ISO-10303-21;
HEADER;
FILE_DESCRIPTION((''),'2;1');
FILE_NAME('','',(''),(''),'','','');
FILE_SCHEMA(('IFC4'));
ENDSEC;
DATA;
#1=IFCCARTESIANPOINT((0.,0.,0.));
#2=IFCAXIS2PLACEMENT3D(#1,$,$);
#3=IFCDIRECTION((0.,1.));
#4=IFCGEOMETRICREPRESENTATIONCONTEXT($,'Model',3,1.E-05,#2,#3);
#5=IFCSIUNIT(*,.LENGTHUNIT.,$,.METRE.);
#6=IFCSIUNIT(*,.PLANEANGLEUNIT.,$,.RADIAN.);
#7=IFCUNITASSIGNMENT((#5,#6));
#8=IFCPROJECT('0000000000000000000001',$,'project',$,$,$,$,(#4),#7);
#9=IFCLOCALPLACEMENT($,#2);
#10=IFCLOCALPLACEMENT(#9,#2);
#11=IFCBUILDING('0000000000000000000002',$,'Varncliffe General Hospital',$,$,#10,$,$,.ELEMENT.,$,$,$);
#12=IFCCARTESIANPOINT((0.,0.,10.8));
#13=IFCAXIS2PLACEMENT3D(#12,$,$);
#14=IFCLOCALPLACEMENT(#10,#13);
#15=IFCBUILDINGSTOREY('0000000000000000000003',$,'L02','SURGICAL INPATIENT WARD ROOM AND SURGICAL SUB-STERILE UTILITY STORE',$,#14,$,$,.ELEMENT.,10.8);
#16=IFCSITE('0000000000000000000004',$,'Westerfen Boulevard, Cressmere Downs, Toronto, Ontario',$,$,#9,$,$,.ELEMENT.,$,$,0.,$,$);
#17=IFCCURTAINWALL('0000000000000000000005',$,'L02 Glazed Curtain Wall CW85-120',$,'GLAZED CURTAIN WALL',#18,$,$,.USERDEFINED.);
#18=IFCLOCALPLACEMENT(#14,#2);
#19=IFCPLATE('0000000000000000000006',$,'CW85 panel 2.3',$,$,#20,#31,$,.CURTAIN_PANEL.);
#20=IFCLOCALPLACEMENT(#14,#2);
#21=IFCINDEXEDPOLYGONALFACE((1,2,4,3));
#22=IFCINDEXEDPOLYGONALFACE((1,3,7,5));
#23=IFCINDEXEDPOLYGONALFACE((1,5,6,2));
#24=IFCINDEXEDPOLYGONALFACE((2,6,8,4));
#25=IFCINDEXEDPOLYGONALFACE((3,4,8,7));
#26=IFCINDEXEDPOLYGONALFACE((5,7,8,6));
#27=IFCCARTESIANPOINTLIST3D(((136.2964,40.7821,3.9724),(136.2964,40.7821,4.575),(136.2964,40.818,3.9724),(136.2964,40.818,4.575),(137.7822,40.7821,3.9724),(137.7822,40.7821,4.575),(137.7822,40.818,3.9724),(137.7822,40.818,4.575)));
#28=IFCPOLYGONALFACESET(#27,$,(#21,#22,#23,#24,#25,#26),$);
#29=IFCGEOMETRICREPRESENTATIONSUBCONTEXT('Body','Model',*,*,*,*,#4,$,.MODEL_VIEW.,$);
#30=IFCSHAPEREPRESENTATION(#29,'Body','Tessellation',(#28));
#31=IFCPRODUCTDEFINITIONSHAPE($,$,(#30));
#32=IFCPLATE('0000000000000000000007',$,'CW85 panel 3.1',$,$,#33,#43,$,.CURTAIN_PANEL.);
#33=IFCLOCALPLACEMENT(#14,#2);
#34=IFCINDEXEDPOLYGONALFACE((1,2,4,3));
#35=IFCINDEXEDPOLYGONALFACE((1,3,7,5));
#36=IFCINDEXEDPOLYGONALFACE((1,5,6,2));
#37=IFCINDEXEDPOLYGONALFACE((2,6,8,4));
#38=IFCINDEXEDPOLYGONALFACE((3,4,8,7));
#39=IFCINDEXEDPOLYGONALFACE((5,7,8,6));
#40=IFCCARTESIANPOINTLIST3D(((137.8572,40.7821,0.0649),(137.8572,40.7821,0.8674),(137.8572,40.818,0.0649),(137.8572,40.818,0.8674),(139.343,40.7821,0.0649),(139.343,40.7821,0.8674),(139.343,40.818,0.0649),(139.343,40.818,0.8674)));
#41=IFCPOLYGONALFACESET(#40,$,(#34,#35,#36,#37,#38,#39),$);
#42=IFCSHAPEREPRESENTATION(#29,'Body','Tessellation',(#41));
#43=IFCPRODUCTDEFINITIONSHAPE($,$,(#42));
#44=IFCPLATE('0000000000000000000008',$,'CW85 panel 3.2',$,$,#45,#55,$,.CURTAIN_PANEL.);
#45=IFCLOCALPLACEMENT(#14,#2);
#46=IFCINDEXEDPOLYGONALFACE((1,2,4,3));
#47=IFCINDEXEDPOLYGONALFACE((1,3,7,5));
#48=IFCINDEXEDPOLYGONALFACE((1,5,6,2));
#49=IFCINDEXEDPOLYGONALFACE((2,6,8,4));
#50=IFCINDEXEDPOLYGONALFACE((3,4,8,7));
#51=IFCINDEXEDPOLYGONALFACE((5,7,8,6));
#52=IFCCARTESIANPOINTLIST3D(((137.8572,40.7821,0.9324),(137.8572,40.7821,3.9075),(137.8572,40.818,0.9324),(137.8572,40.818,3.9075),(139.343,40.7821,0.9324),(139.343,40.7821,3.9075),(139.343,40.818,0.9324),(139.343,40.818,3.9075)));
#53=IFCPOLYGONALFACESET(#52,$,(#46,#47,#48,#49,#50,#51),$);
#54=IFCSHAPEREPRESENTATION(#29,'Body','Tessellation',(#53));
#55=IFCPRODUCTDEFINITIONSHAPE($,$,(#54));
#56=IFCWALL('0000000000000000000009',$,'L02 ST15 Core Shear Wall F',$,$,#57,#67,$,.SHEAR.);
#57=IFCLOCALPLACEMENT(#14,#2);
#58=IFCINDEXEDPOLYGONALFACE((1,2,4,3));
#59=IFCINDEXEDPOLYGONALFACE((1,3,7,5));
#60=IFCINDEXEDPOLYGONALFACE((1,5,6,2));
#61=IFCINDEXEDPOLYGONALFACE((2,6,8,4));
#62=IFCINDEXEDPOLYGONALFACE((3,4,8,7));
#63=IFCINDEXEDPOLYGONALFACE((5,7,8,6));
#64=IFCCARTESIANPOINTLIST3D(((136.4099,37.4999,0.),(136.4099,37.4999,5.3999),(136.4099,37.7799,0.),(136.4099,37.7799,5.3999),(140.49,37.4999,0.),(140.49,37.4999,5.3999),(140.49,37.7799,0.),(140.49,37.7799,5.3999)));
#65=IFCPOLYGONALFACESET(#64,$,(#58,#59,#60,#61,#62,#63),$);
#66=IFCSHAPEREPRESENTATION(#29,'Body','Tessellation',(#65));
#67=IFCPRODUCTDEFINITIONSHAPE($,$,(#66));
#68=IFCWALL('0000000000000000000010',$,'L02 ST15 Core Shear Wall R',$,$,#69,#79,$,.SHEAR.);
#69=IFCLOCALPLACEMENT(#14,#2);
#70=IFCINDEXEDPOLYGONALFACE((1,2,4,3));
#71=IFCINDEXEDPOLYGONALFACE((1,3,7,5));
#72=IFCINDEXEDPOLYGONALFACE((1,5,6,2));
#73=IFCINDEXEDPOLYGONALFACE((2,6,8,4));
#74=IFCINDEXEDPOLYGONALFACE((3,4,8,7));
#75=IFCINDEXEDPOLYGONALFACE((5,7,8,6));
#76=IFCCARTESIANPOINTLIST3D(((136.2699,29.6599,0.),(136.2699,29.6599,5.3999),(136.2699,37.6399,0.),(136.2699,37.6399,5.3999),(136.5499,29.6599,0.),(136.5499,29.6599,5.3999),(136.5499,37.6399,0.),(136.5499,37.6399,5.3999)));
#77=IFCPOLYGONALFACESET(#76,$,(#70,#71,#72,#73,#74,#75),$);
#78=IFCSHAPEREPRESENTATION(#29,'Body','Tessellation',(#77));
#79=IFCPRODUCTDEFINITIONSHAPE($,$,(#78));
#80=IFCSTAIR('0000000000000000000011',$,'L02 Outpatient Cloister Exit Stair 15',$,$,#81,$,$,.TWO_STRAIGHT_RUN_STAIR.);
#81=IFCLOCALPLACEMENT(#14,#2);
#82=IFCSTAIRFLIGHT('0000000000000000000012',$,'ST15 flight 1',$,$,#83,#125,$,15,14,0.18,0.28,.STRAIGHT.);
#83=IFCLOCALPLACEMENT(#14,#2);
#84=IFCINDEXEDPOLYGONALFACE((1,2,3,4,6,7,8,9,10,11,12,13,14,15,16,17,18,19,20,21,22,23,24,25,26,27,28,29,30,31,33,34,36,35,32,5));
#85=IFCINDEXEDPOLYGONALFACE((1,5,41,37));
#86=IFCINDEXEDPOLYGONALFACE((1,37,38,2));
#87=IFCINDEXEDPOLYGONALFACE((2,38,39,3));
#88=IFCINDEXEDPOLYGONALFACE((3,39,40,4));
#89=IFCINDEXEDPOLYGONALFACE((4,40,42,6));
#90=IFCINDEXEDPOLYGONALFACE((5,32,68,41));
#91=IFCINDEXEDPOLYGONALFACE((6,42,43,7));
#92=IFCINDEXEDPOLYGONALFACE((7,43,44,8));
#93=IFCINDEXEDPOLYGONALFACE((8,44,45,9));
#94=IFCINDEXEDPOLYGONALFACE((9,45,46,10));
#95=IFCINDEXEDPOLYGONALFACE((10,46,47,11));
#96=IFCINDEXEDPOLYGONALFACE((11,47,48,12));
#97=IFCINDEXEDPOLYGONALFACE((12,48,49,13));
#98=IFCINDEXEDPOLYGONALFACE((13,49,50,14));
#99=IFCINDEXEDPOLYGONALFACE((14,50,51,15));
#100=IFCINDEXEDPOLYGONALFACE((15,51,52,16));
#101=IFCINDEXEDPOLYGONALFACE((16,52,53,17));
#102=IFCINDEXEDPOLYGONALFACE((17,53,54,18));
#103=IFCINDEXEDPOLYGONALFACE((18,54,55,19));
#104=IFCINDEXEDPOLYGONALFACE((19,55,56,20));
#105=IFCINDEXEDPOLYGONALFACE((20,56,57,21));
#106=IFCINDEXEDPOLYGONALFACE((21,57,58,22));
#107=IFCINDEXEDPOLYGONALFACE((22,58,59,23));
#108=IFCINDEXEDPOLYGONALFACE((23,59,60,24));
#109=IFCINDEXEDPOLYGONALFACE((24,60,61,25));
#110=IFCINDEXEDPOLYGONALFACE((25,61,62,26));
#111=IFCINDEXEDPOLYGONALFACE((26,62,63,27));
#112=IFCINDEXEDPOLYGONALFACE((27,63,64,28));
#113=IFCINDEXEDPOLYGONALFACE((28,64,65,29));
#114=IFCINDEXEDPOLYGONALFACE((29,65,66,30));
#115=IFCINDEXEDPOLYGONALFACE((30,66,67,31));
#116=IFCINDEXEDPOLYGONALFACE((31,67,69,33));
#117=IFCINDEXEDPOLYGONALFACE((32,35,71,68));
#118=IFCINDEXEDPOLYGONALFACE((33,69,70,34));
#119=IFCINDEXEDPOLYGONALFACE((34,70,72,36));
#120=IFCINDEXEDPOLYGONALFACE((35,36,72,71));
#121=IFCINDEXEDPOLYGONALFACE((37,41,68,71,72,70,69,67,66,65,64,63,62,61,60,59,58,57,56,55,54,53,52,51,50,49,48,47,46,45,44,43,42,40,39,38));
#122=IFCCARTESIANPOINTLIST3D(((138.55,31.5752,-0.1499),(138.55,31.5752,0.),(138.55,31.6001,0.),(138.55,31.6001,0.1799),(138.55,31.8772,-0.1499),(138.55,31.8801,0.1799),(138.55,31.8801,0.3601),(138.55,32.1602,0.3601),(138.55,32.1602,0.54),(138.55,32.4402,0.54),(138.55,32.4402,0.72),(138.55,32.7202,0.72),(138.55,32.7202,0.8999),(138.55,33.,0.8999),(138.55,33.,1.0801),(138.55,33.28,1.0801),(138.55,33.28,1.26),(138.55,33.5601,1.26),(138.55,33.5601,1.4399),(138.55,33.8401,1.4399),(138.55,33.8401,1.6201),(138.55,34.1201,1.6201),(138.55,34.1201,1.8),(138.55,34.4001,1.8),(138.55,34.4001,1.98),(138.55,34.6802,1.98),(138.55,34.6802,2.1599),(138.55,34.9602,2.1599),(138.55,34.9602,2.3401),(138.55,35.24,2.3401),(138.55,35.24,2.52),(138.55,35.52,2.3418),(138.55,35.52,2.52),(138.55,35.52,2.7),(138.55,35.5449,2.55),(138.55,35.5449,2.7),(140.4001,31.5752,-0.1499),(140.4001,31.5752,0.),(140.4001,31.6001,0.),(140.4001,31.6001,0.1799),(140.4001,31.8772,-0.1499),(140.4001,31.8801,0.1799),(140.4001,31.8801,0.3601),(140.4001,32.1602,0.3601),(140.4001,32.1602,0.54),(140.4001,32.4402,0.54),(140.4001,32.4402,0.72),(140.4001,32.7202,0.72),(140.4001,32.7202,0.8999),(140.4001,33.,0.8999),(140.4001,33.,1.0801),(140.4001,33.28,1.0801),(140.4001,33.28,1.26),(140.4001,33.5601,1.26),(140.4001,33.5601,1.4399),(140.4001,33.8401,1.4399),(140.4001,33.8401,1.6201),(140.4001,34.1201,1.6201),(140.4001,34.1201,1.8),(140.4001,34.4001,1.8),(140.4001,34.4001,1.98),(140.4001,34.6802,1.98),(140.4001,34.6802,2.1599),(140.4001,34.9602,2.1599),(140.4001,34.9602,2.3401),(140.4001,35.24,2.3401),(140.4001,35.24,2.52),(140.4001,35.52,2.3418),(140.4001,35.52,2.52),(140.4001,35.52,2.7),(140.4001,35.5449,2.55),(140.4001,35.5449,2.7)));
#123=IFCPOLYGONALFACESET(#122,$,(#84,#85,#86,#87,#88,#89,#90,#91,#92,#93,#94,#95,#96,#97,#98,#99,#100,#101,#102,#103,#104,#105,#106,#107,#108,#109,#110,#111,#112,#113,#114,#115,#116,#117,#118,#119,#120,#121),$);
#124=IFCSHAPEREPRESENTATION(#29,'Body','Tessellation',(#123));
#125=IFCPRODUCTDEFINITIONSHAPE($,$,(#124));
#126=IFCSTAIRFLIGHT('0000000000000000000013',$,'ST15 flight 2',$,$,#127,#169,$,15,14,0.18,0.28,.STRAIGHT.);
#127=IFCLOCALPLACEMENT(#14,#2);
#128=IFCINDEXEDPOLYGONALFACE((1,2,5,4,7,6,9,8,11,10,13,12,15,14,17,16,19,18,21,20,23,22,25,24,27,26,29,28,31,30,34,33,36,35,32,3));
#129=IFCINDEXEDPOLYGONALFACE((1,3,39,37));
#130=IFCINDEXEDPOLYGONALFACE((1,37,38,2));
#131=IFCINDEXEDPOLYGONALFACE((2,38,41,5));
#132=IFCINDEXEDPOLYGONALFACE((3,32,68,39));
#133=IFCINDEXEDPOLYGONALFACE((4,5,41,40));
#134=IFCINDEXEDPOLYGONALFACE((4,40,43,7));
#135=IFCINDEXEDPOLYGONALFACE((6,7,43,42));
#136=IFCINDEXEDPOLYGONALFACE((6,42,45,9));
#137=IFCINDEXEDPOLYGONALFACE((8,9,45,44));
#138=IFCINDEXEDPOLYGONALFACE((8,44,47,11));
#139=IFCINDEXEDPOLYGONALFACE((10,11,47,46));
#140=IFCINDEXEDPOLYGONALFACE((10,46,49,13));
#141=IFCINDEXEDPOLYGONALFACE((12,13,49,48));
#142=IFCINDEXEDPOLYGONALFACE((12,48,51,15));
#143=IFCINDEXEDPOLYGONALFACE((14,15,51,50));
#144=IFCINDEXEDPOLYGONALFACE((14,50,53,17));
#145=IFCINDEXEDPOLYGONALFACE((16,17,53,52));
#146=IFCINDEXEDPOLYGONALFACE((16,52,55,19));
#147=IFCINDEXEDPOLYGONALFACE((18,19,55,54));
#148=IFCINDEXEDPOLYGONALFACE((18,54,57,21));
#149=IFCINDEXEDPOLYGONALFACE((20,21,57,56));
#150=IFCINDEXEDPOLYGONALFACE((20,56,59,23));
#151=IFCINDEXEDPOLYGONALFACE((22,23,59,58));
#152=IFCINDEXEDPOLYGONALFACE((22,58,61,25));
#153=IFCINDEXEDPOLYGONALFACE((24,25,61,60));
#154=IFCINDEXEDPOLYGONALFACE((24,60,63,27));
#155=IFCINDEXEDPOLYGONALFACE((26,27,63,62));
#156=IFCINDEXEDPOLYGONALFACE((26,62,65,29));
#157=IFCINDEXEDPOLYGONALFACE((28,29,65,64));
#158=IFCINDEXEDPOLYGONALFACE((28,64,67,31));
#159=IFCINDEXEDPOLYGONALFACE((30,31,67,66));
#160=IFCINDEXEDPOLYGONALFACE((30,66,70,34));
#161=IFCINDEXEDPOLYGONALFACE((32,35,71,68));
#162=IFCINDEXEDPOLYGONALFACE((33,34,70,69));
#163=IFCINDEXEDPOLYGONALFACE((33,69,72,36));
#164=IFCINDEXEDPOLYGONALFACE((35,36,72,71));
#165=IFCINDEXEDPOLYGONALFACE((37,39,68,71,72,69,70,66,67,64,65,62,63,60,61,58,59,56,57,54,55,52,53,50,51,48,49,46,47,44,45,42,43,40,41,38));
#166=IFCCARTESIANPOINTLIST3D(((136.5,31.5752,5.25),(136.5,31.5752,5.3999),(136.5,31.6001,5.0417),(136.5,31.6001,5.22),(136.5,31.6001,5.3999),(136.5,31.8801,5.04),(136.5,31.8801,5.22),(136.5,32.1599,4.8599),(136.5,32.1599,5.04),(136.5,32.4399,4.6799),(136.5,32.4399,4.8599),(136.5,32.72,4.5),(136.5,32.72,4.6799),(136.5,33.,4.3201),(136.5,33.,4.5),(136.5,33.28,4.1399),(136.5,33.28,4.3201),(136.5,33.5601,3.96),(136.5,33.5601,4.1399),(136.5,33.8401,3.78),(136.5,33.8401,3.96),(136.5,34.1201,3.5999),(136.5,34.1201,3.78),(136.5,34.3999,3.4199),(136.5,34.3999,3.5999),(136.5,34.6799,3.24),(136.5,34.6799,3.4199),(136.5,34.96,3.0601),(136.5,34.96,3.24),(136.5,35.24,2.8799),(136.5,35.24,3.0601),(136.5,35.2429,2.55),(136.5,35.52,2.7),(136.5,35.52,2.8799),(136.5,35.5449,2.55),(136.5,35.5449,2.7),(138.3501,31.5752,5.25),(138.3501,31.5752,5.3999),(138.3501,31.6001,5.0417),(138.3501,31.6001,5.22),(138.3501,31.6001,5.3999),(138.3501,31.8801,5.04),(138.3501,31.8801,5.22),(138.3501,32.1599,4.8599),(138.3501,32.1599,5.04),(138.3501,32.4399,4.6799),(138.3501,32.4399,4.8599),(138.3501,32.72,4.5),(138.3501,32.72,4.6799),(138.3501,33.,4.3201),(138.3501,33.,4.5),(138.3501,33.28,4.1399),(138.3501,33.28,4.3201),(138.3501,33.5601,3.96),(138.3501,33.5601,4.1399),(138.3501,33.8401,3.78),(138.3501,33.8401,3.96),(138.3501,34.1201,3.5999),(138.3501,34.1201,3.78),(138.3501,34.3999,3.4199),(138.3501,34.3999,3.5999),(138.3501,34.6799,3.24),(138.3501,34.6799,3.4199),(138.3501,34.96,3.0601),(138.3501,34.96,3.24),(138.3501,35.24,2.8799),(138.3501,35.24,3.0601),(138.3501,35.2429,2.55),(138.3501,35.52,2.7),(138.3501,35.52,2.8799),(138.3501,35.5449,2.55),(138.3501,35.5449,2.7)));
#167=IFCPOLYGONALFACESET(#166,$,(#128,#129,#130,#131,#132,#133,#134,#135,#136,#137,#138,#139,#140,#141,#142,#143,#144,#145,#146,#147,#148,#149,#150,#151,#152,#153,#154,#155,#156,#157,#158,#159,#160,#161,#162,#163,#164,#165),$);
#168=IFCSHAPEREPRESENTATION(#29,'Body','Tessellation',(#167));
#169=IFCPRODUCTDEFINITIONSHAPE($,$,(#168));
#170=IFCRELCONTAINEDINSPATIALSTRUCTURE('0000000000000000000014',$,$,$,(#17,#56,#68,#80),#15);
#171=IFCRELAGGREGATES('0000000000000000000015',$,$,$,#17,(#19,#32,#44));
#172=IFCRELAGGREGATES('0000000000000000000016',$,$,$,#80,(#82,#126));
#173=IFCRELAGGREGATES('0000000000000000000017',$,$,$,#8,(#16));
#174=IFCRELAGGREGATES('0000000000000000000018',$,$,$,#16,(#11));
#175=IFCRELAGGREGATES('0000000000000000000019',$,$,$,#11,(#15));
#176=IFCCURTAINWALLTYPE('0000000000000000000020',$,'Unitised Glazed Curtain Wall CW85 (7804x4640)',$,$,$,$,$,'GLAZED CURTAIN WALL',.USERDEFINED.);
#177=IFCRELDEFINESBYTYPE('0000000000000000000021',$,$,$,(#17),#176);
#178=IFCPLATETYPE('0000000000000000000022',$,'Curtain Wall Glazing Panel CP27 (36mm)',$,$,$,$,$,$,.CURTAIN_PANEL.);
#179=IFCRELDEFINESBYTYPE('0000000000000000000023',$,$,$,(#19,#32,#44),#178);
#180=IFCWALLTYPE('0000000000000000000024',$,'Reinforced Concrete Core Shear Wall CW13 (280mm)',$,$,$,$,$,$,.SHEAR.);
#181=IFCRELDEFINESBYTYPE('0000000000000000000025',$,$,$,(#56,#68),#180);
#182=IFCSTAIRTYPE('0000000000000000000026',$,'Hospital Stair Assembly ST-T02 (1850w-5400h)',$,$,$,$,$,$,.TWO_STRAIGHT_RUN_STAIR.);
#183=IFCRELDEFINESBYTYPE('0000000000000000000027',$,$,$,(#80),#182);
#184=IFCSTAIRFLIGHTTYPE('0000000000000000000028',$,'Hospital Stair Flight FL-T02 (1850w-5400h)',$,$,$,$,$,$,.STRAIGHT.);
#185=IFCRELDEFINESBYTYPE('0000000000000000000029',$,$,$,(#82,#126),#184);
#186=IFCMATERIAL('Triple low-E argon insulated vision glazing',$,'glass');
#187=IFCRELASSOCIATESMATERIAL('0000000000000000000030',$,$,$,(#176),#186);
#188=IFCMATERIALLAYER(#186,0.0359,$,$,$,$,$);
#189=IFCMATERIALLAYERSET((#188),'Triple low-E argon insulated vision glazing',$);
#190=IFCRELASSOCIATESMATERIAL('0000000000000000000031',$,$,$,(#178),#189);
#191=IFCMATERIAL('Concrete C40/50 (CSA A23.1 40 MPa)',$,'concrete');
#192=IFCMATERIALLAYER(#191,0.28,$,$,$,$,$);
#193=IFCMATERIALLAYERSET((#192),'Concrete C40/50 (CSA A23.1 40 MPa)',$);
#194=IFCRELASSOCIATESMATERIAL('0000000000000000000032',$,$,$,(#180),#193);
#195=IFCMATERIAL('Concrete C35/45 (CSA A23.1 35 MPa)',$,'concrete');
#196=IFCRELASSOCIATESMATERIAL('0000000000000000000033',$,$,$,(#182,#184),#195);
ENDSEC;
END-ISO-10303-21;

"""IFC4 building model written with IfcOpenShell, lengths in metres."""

from ifc_helpers import new_model, si_unit, direction, frame, frame_2d, origin, origin_2d, place, context, subcontext, project, spatial, polyline, rectangle, outline, extrude, material, layer, layer_set, type_object, element, aggregate, save


model = new_model("IFC4")

# Units and contexts
model_context = context("Model", 3, precision=1e-05, world=origin(), true_north=direction((0.0, 1.0)))
body_context = subcontext(model_context, "Body", "Model", "MODEL_VIEW")
ifc_project = project(units=[si_unit("LENGTHUNIT", "METRE"), si_unit("PLANEANGLEUNIT", "RADIAN")], contexts=[model_context])

# Site, building, storey
site_placement = place(None, origin())
site = spatial("IfcSite", under=ifc_project, at=site_placement, Name="Westerfen Boulevard, Cressmere Downs, Toronto, Ontario", CompositionType="ELEMENT", RefElevation=0.0)
building_placement = place(site_placement, origin())
building = spatial("IfcBuilding", under=site, at=building_placement, Name="Varncliffe General Hospital", CompositionType="ELEMENT")
storey_placement = place(building_placement, frame((0.0, 0.0, 10.8)))
storey = spatial("IfcBuildingStorey", under=building, at=storey_placement, Name="L02", Description="SURGICAL INPATIENT WARD ROOM AND SURGICAL SUB-STERILE UTILITY STORE", CompositionType="ELEMENT", Elevation=10.8)

# Shared definitions
ifc_material_1 = material(Name="Concrete C40/50 (CSA A23.1 40 MPa)", Category="concrete")

# Shared definitions
ifc_material_2 = material(Name="Concrete C35/45 (CSA A23.1 35 MPa)", Category="concrete")

# Curtain wall
ifc_material_3 = material(Name="Triple low-E argon insulated vision glazing", Category="glass")
curtain_wall_type = type_object("IfcCurtainWallType", Name="Unitised Glazed Curtain Wall CW85 (7804x4640)", ElementType="GLAZED CURTAIN WALL", PredefinedType="USERDEFINED", material=ifc_material_3)
curtain_wall_placement = place(storey_placement, origin())
curtain_wall = element("IfcCurtainWall", 1, at=curtain_wall_placement, inside=storey, type_object=curtain_wall_type, Name="L02 Glazed Curtain Wall CW85-120", ObjectType="GLAZED CURTAIN WALL", PredefinedType="USERDEFINED")

# Plates
ifc_layer_1 = layer(ifc_material_3, 0.0359)
ifc_layer_set_1 = layer_set([ifc_layer_1], Name="Triple low-E argon insulated vision glazing")
plate_type = type_object("IfcPlateType", Name="Curtain Wall Glazing Panel CP27 (36mm)", PredefinedType="CURTAIN_PANEL", material=ifc_layer_set_1)
plate_1_placement = place(storey_placement, frame((137.0393, 40.8, 3.9724), z_axis=(0.0, 0.0, 1.0), x_axis=(1.0, 0.0, 0.0)))
plate_1 = element("IfcPlate", 2, at=plate_1_placement, type_object=plate_type, Name="CW85 panel 2.3", PredefinedType="CURTAIN_PANEL", context=body_context, shape_type="SweptSolid", body=[
    extrude(rectangle(XDim=1.4858, YDim=0.0359, at=origin_2d()), origin(), (0.0, 0.0, 1.0), 0.6025),
])
plate_2_placement = place(storey_placement, frame((138.6001, 40.8, 0.0649), z_axis=(0.0, 0.0, 1.0), x_axis=(1.0, 0.0, 0.0)))
plate_2 = element("IfcPlate", 3, at=plate_2_placement, type_object=plate_type, Name="CW85 panel 3.1", PredefinedType="CURTAIN_PANEL", context=body_context, shape_type="SweptSolid", body=[
    extrude(rectangle(XDim=1.4858, YDim=0.0359, at=origin_2d()), origin(), (0.0, 0.0, 1.0), 0.8025),
])
plate_3_placement = place(storey_placement, frame((138.6001, 40.8, 0.9324), z_axis=(0.0, 0.0, 1.0), x_axis=(1.0, 0.0, 0.0)))
plate_3 = element("IfcPlate", 4, at=plate_3_placement, type_object=plate_type, Name="CW85 panel 3.2", PredefinedType="CURTAIN_PANEL", context=body_context, shape_type="SweptSolid", body=[
    extrude(rectangle(XDim=1.4858, YDim=0.0359, at=origin_2d()), origin(), (0.0, 0.0, 1.0), 2.9751),
])
aggregate(curtain_wall, [plate_1, plate_2, plate_3])

# Walls
ifc_layer_2 = layer(ifc_material_1, 0.28)
ifc_layer_set_2 = layer_set([ifc_layer_2], Name="Concrete C40/50 (CSA A23.1 40 MPa)")
wall_type = type_object("IfcWallType", Name="Reinforced Concrete Core Shear Wall CW13 (280mm)", PredefinedType="SHEAR", material=ifc_layer_set_2)
wall_1_placement = place(storey_placement, frame((140.49, 37.6399, 0.0), z_axis=(0.0, 0.0, 1.0), x_axis=(-1.0, 0.0, 0.0)))
element("IfcWall", 5, at=wall_1_placement, inside=storey, type_object=wall_type, Name="L02 ST15 Core Shear Wall F", PredefinedType="SHEAR", context=body_context, shape_type="SweptSolid", body=[
    extrude(rectangle(XDim=4.0801, YDim=0.28, at=frame_2d((2.04, 0.0))), origin(), (0.0, 0.0, 1.0), 5.3999),
])
wall_2_placement = place(storey_placement, frame((136.4099, 37.6399, 0.0), z_axis=(0.0, 0.0, 1.0), x_axis=(0.0, -1.0, 0.0)))
element("IfcWall", 6, at=wall_2_placement, inside=storey, type_object=wall_type, Name="L02 ST15 Core Shear Wall R", PredefinedType="SHEAR", context=body_context, shape_type="SweptSolid", body=[
    extrude(rectangle(XDim=7.98, YDim=0.28, at=frame_2d((3.99, 0.0))), origin(), (0.0, 0.0, 1.0), 5.3999),
])

# Stair, stair flights
stair_type = type_object("IfcStairType", Name="Hospital Stair Assembly ST-T02 (1850w-5400h)", PredefinedType="TWO_STRAIGHT_RUN_STAIR", material=ifc_material_2)
stair_placement = place(storey_placement, origin())
stair = element("IfcStair", 7, at=stair_placement, inside=storey, type_object=stair_type, Name="L02 Outpatient Cloister Exit Stair 15", PredefinedType="TWO_STRAIGHT_RUN_STAIR")
stair_flight_type = type_object("IfcStairFlightType", Name="Hospital Stair Flight FL-T02 (1850w-5400h)", PredefinedType="STRAIGHT", material=ifc_material_2)
stair_flight_1_placement = place(storey_placement, frame((139.4751, 31.6001, 0.0), z_axis=(0.0, 0.0, 1.0), x_axis=(0.0, 1.0, 0.0)))
stair_flight_1 = element("IfcStairFlight", 8, at=stair_flight_1_placement, type_object=stair_flight_type, Name="ST15 flight 1", NumberOfRisers=15, NumberOfTreads=14, PredefinedType="STRAIGHT", RiserHeight=0.18, TreadLength=0.28, context=body_context, shape_type="SweptSolid", body=[
    extrude(outline(polyline([(-0.0249, -0.1499), (-0.0249, 0.0), (0.0, 0.0), (0.0, 0.1799), (0.28, 0.1799), (0.28, 0.3601), (0.5601, 0.3601), (0.5601, 0.54), (0.8401, 0.54), (0.8401, 0.72), (1.1201, 0.72), (1.1201, 0.8999), (1.3999, 0.8999), (1.3999, 1.0801), (1.6799, 1.0801), (1.6799, 1.26), (1.96, 1.26), (1.96, 1.4399), (2.24, 1.4399), (2.24, 1.6201), (2.52, 1.6201), (2.52, 1.8), (2.8, 1.8), (2.8, 1.98), (3.0801, 1.98), (3.0801, 2.1599), (3.3601, 2.1599), (3.3601, 2.3401), (3.6399, 2.3401), (3.6399, 2.52), (3.9199, 2.52), (3.9199, 2.7), (3.9448, 2.7), (3.9448, 2.55), (3.9199, 2.3418), (0.2771, -0.1499), (-0.0249, -0.1499)])), frame((0.0, 0.925, 0.0), z_axis=(0.0, -1.0, 0.0), x_axis=(1.0, 0.0, 0.0)), (0.0, 0.0, 1.0), 1.8501),
])
stair_flight_2_placement = place(storey_placement, frame((137.425, 35.52, 2.7), z_axis=(0.0, 0.0, 1.0), x_axis=(0.0, -1.0, 0.0)))
stair_flight_2 = element("IfcStairFlight", 9, at=stair_flight_2_placement, type_object=stair_flight_type, Name="ST15 flight 2", NumberOfRisers=15, NumberOfTreads=14, PredefinedType="STRAIGHT", RiserHeight=0.18, TreadLength=0.28, context=body_context, shape_type="SweptSolid", body=[
    extrude(outline(polyline([(-0.0249, -0.1499), (-0.0249, 0.0), (0.0, 0.0), (0.0, 0.1799), (0.28, 0.1799), (0.28, 0.3601), (0.5601, 0.3601), (0.5601, 0.54), (0.8401, 0.54), (0.8401, 0.72), (1.1201, 0.72), (1.1201, 0.8999), (1.3999, 0.8999), (1.3999, 1.0801), (1.6799, 1.0801), (1.6799, 1.26), (1.96, 1.26), (1.96, 1.4399), (2.24, 1.4399), (2.24, 1.6201), (2.52, 1.6201), (2.52, 1.8), (2.8, 1.8), (2.8, 1.98), (3.0801, 1.98), (3.0801, 2.1599), (3.3601, 2.1599), (3.3601, 2.3401), (3.6399, 2.3401), (3.6399, 2.52), (3.9199, 2.52), (3.9199, 2.7), (3.9448, 2.7), (3.9448, 2.55), (3.9199, 2.3418), (0.2771, -0.1499), (-0.0249, -0.1499)])), frame((0.0, 0.925, 0.0), z_axis=(0.0, -1.0, 0.0), x_axis=(1.0, 0.0, 0.0)), (0.0, 0.0, 1.0), 1.8501),
])
aggregate(stair, [stair_flight_1, stair_flight_2])

save(model, "model.ifc")
